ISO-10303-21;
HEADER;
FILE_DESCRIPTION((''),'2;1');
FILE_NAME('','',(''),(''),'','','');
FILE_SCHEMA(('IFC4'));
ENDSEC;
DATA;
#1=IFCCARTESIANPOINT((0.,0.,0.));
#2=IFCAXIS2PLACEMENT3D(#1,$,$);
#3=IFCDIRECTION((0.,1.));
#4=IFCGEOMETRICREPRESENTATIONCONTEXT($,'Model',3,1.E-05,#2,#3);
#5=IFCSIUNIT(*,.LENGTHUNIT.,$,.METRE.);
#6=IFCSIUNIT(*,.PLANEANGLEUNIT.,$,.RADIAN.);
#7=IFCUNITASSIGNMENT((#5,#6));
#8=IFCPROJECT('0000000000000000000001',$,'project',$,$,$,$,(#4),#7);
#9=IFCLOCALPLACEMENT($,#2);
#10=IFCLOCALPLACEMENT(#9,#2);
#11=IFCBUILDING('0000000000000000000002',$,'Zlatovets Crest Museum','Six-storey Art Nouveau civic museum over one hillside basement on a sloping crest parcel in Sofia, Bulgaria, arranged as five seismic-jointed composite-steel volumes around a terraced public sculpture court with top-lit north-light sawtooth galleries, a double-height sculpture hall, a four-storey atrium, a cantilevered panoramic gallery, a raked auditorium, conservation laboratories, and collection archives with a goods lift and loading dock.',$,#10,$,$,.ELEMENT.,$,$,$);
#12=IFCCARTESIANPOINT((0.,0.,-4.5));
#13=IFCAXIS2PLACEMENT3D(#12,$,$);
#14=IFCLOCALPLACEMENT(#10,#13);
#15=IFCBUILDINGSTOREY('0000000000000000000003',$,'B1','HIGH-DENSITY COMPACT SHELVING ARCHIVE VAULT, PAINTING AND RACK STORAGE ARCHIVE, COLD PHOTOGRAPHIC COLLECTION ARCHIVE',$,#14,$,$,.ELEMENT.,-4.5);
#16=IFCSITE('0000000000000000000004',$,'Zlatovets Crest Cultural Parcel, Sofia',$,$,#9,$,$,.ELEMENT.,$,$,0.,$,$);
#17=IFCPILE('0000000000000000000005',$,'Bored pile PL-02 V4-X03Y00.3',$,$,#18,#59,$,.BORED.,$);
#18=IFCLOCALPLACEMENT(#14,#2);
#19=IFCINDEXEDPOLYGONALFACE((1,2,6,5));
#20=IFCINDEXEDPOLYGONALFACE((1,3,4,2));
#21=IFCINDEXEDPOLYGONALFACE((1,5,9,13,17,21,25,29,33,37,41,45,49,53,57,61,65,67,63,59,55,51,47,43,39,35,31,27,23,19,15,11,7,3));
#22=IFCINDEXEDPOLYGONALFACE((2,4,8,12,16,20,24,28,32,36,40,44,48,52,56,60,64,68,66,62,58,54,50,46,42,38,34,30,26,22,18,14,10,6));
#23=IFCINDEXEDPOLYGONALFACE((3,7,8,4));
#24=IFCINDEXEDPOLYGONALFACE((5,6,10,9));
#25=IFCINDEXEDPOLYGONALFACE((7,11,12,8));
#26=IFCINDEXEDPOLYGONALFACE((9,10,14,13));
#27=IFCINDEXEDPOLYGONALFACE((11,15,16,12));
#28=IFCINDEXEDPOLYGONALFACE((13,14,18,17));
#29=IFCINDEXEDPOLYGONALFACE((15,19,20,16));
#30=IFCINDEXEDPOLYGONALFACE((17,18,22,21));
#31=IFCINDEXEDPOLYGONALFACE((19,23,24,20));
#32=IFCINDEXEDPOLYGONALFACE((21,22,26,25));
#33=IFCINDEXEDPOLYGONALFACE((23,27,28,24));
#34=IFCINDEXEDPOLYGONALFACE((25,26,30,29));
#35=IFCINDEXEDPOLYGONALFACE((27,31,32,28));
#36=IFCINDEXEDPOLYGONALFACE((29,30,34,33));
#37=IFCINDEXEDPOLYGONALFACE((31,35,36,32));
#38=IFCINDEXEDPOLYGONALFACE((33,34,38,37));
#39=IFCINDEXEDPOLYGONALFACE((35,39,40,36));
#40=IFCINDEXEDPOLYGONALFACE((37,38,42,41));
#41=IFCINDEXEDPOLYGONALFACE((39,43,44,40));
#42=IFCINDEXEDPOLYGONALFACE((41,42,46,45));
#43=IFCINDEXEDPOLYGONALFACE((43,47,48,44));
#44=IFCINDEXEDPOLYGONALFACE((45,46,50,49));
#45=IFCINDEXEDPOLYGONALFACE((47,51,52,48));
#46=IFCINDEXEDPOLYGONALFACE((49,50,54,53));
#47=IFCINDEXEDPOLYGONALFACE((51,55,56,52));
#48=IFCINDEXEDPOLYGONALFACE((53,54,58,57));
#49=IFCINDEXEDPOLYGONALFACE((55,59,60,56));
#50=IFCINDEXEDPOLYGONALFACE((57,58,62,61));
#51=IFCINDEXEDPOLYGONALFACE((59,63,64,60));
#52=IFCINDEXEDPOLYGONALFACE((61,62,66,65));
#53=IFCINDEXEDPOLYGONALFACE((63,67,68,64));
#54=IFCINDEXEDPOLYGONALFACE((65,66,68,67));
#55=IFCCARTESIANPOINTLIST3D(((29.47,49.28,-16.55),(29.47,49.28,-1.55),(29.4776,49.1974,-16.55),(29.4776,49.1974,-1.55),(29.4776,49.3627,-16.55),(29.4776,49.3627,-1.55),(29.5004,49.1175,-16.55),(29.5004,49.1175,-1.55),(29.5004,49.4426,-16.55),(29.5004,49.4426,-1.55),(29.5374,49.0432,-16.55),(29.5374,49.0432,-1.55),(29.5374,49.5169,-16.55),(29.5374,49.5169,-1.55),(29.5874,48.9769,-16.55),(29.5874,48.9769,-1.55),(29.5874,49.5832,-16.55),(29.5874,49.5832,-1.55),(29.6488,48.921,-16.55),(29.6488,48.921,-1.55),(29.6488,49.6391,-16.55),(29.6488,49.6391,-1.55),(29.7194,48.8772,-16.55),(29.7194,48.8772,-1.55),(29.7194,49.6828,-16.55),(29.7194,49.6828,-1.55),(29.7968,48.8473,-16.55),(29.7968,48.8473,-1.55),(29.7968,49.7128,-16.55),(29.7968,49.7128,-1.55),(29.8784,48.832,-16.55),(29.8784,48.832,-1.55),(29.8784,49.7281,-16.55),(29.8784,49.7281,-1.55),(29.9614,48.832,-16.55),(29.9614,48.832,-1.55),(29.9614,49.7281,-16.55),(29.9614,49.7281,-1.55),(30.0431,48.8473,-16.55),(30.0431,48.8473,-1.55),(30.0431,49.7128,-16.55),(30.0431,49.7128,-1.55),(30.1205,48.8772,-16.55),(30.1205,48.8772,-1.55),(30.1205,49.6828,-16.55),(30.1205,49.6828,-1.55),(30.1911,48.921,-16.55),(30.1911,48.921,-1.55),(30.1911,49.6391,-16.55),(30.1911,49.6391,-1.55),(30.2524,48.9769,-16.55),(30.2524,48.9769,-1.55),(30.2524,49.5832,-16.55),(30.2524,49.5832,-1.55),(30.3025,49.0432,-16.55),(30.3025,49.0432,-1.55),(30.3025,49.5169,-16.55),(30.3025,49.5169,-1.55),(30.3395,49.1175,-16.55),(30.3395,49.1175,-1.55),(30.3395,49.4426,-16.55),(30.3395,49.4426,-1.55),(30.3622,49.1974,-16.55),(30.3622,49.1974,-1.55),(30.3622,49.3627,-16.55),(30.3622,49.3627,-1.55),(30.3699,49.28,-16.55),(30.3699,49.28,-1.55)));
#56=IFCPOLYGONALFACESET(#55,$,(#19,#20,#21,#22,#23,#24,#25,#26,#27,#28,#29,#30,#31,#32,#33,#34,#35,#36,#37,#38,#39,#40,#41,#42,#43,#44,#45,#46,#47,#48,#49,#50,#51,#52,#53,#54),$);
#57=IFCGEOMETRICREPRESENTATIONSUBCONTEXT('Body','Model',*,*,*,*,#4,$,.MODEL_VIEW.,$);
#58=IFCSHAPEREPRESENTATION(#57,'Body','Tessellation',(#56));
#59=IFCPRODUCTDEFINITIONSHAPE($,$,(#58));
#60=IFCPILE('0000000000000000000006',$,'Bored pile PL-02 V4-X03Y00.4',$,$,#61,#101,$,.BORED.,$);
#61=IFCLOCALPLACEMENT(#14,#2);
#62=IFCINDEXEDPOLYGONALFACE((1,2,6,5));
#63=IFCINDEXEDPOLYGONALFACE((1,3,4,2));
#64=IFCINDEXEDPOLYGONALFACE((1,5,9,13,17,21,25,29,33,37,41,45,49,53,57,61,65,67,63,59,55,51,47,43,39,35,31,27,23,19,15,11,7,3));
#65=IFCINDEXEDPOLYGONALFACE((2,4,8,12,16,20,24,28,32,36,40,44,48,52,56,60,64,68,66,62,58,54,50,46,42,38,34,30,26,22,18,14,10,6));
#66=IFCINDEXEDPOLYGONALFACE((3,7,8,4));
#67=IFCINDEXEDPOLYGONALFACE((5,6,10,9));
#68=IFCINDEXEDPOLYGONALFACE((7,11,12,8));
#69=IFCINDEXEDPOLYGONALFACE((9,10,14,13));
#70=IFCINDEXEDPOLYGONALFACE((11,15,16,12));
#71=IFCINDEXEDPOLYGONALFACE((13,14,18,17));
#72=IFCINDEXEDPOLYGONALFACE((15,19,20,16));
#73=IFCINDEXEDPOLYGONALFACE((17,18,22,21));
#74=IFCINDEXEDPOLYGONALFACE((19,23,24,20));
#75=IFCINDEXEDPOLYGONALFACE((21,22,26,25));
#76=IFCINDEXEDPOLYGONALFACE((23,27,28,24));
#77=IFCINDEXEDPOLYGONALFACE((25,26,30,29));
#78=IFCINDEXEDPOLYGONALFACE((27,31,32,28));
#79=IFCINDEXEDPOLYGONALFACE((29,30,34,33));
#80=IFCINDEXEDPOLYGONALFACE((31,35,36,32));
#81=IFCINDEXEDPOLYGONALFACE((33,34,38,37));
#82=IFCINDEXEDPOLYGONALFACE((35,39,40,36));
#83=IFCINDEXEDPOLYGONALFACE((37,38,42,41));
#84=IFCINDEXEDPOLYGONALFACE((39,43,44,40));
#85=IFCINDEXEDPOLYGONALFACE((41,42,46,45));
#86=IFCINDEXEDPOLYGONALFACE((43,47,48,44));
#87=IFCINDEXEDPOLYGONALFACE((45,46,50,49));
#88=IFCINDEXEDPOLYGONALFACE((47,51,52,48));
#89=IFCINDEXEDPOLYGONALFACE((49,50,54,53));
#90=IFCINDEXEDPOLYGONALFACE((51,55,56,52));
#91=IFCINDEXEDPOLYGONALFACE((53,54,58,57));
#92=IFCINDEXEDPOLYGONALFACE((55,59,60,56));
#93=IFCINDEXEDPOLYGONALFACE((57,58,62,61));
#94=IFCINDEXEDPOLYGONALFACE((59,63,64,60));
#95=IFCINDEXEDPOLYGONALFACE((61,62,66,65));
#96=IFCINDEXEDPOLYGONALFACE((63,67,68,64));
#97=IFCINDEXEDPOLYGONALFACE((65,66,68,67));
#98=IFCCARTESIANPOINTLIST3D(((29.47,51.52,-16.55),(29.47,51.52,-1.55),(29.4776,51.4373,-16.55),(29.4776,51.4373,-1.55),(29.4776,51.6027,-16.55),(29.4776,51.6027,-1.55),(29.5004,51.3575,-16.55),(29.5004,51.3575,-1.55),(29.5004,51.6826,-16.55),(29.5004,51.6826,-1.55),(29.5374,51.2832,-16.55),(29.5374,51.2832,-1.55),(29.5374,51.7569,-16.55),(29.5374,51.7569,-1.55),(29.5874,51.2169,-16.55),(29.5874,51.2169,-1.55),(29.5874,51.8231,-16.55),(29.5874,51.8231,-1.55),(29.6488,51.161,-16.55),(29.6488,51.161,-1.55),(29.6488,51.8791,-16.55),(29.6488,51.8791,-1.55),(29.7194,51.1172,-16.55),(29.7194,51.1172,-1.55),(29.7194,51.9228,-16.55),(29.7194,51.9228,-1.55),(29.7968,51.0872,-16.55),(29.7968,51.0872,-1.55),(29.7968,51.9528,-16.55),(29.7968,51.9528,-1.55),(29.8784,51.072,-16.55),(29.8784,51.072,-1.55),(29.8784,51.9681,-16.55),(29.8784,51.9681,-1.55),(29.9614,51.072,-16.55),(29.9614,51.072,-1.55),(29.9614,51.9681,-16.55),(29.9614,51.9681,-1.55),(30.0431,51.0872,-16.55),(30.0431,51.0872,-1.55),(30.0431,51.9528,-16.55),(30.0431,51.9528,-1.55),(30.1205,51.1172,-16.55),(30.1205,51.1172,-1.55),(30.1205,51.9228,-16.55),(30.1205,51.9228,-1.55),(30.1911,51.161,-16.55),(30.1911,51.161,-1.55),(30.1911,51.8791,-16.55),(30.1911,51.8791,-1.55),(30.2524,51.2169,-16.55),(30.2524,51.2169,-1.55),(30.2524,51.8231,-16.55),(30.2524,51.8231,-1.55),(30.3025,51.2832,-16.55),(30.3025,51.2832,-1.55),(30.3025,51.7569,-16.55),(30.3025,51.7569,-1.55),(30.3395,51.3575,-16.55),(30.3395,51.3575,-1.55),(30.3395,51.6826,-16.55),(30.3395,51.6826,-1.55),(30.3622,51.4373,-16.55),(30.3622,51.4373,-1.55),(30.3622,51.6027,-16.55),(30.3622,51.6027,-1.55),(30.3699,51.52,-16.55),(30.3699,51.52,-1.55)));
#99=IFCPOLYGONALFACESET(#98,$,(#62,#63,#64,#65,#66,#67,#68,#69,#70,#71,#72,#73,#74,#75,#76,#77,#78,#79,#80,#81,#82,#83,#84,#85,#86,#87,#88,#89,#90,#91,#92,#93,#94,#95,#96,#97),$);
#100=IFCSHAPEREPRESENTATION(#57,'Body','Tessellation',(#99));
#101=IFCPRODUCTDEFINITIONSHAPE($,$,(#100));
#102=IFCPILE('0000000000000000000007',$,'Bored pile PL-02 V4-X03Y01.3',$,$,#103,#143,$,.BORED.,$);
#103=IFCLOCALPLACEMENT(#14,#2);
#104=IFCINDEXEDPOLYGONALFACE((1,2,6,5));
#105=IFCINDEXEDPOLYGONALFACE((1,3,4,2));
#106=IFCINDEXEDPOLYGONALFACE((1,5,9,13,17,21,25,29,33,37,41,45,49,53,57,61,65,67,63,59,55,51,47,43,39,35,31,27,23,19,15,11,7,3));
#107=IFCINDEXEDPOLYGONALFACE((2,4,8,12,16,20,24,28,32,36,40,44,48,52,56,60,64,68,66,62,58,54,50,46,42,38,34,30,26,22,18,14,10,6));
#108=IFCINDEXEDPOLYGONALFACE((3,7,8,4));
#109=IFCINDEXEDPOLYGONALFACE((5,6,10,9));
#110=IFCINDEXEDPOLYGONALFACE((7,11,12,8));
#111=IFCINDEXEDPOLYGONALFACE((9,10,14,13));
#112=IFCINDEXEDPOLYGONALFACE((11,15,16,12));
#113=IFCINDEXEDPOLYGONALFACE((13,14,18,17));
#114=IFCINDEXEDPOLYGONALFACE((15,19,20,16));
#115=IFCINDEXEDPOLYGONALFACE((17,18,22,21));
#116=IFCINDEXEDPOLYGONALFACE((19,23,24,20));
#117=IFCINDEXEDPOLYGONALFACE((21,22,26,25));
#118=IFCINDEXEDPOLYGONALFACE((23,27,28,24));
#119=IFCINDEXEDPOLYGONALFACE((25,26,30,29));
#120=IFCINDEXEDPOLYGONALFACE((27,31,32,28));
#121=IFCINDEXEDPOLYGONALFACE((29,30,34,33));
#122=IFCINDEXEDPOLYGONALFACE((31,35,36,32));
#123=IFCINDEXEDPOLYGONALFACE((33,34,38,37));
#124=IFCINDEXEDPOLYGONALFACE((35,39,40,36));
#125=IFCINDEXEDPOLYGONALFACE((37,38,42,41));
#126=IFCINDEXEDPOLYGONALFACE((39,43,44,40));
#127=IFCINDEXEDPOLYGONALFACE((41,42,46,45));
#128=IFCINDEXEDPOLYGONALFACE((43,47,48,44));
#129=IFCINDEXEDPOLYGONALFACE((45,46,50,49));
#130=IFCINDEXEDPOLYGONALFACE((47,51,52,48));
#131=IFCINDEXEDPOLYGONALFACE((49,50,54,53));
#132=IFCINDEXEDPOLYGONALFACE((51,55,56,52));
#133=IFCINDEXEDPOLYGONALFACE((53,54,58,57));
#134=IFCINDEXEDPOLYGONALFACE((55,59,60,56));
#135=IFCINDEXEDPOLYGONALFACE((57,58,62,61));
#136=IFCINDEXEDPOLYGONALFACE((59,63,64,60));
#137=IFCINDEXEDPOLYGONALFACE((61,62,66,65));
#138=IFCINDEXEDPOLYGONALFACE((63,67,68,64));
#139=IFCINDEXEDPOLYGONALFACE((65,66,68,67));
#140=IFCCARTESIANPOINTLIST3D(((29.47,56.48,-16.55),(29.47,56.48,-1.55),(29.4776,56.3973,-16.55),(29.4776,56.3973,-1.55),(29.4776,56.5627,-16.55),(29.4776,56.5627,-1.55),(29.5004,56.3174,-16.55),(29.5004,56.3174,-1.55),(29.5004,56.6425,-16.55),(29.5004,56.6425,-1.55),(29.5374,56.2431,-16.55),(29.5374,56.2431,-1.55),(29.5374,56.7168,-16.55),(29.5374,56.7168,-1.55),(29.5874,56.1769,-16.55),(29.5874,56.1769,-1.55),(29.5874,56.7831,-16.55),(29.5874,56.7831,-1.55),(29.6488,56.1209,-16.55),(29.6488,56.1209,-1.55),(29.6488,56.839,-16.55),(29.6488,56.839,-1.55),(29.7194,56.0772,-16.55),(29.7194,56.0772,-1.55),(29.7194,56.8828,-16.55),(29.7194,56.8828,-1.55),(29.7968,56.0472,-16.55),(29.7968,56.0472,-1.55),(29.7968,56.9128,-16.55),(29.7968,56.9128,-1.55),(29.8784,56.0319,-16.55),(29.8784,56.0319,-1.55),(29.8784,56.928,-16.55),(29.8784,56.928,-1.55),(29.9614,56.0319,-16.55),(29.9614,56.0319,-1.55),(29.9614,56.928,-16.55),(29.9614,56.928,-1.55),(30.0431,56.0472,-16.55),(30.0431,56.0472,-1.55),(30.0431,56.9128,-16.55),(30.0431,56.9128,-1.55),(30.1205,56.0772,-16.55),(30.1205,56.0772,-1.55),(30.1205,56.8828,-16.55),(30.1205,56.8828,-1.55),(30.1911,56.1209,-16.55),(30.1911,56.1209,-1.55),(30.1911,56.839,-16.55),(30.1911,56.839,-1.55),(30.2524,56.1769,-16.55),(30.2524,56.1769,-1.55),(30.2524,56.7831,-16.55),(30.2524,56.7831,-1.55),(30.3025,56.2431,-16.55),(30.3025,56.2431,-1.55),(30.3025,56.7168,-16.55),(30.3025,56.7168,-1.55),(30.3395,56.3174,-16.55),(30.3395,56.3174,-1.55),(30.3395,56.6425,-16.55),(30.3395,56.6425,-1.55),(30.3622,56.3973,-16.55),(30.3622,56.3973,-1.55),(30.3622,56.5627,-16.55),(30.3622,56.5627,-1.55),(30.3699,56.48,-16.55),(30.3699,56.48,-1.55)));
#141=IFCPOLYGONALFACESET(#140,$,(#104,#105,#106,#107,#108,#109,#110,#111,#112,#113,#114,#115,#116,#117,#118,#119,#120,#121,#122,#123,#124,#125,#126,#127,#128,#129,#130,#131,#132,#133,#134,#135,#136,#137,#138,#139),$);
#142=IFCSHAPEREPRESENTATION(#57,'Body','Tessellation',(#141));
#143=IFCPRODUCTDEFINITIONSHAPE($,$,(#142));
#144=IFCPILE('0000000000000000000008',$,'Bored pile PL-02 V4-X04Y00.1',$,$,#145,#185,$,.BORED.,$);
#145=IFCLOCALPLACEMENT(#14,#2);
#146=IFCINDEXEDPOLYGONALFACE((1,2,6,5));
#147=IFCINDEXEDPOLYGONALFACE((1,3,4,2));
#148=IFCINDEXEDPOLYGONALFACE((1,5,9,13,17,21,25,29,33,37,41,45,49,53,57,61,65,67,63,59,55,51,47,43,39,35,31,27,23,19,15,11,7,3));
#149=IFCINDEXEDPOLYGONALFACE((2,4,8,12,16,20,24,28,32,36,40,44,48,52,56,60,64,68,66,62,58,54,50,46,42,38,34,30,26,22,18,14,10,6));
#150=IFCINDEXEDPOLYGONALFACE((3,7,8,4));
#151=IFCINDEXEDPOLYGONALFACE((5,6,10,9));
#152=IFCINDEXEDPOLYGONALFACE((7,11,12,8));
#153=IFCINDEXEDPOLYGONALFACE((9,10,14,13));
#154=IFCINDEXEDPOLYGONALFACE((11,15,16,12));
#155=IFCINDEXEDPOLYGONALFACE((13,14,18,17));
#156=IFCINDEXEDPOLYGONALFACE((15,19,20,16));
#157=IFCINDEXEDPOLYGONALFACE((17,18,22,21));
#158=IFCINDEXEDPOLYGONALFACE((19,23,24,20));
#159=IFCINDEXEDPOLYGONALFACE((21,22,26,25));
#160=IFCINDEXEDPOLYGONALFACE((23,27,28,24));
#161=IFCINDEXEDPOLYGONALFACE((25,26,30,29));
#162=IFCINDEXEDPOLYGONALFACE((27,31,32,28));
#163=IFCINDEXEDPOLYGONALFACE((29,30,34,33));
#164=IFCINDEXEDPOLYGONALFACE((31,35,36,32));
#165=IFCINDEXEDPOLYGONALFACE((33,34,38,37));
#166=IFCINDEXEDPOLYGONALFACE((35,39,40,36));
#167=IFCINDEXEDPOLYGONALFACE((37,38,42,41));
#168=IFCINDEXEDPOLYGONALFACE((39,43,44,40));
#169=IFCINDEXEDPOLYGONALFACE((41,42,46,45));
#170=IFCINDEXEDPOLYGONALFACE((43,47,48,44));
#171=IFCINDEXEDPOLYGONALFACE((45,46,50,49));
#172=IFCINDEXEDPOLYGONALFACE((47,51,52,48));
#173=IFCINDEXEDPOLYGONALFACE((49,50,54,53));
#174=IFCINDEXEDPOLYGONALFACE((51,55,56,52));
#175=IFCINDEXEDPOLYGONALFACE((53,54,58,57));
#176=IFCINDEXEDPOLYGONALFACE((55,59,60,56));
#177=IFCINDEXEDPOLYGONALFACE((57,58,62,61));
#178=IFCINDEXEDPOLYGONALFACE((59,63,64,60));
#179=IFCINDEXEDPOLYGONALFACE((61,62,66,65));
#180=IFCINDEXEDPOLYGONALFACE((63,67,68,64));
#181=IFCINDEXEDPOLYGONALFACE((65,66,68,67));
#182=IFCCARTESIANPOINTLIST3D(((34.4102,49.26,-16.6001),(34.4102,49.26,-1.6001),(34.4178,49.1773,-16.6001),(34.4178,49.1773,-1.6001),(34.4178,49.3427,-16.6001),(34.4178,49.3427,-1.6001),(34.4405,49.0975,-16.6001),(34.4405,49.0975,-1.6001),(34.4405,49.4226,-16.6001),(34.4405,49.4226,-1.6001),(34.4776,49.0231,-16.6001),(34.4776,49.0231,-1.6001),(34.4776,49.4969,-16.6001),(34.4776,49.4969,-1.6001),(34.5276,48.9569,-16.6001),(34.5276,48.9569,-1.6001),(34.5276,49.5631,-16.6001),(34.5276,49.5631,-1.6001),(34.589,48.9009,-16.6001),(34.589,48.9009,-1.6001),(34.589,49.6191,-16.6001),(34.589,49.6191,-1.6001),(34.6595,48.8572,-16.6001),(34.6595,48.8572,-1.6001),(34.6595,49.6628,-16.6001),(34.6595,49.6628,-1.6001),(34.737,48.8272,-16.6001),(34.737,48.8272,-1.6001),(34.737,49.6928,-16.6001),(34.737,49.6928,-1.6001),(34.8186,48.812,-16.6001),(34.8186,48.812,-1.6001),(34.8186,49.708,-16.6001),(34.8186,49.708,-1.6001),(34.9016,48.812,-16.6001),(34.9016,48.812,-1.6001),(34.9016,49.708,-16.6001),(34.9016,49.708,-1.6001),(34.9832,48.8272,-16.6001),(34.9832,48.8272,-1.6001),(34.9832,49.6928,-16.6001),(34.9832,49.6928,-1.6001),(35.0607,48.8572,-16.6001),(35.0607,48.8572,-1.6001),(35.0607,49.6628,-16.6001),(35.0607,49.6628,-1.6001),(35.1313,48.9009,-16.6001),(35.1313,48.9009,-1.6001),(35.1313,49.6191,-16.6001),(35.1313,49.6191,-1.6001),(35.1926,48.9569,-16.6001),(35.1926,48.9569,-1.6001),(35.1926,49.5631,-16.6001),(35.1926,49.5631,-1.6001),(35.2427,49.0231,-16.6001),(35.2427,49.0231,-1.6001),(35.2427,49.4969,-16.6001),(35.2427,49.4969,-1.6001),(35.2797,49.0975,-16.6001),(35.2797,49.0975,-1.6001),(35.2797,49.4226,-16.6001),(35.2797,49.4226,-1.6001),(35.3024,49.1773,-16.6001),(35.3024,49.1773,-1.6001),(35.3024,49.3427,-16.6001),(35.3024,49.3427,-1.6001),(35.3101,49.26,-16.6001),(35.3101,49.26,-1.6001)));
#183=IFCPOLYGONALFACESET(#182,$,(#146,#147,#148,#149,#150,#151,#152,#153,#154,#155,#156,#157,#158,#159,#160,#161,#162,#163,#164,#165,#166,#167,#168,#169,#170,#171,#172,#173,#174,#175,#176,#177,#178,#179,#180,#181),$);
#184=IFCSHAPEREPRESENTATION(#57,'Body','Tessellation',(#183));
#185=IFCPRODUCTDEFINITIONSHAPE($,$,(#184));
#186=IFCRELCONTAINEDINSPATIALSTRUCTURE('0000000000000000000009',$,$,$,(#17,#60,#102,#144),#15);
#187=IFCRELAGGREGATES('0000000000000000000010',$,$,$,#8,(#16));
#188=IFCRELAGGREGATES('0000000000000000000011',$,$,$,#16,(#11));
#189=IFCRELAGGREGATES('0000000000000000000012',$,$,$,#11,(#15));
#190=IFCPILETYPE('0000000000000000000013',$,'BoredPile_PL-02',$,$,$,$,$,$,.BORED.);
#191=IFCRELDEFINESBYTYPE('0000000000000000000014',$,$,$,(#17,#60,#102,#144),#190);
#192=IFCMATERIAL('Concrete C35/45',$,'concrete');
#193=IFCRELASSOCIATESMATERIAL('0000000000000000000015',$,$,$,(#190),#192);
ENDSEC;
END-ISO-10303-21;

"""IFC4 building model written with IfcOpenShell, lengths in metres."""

from ifc_helpers import new_model, si_unit, direction, frame, origin, origin_2d, place, context, subcontext, project, spatial, circle, extrude, material, material_profile, profile_set, type_object, element, save


model = new_model("IFC4")

# Units and contexts
model_context = context("Model", 3, precision=1e-05, world=origin(), true_north=direction((0.0, 1.0)))
body_context = subcontext(model_context, "Body", "Model", "MODEL_VIEW")
ifc_project = project(units=[si_unit("LENGTHUNIT", "METRE"), si_unit("PLANEANGLEUNIT", "RADIAN")], contexts=[model_context])

# Site, building, storey
site_placement = place(None, origin())
site = spatial("IfcSite", under=ifc_project, at=site_placement, Name="Zlatovets Crest Cultural Parcel, Sofia", CompositionType="ELEMENT", RefElevation=0.0)
building_placement = place(site_placement, origin())
building = spatial("IfcBuilding", under=site, at=building_placement, Name="Zlatovets Crest Museum", Description="Six-storey Art Nouveau civic museum over one hillside basement on a sloping crest parcel in Sofia, Bulgaria, arranged as five seismic-jointed composite-steel volumes around a terraced public sculpture court with top-lit north-light sawtooth galleries, a double-height sculpture hall, a four-storey atrium, a cantilevered panoramic gallery, a raked auditorium, conservation laboratories, and collection archives with a goods lift and loading dock.", CompositionType="ELEMENT")
storey_placement = place(building_placement, frame((0.0, 0.0, -4.5)))
storey = spatial("IfcBuildingStorey", under=building, at=storey_placement, Name="B1", Description="HIGH-DENSITY COMPACT SHELVING ARCHIVE VAULT, PAINTING AND RACK STORAGE ARCHIVE, COLD PHOTOGRAPHIC COLLECTION ARCHIVE", CompositionType="ELEMENT", Elevation=-4.5)

# Piles
ifc_material_1 = material(Name="Concrete C35/45", Category="concrete")
ifc_material_profile_1 = material_profile(ifc_material_1, circle(Radius=0.45, at=origin_2d()), Name="PILE D900")
ifc_profile_set_1 = profile_set([ifc_material_profile_1], Name="Concrete C35/45")
pile_type = type_object("IfcPileType", Name="BoredPile_PL-02", PredefinedType="BORED", material=ifc_profile_set_1)
for number, where, z_axis, x_axis, name in (
    (1, (29.9199, 49.28, -1.55), (0.0, 0.0, -1.0), (1.0, 0.0, 0.0), "Bored pile PL-02 V4-X03Y00.3"),
    (2, (29.9199, 51.52, -1.55), (0.0, 0.0, -1.0), (1.0, 0.0, 0.0), "Bored pile PL-02 V4-X03Y00.4"),
    (3, (29.9199, 56.48, -1.55), (0.0, 0.0, -1.0), (1.0, 0.0, 0.0), "Bored pile PL-02 V4-X03Y01.3"),
    (4, (34.8601, 49.26, -1.6001), (0.0, 0.0, -1.0), (1.0, 0.0, 0.0), "Bored pile PL-02 V4-X04Y00.1"),
):
    element("IfcPile", number, at=place(storey_placement, frame(where, z_axis=z_axis, x_axis=x_axis)), inside=storey, type_object=pile_type, Name=name, PredefinedType="BORED", context=body_context, shape_type="SweptSolid", body=[
        extrude(circle(Radius=0.45, at=origin_2d()), origin(), (0.0, 0.0, 1.0), 15.0),
    ])

save(model, "model.ifc")
